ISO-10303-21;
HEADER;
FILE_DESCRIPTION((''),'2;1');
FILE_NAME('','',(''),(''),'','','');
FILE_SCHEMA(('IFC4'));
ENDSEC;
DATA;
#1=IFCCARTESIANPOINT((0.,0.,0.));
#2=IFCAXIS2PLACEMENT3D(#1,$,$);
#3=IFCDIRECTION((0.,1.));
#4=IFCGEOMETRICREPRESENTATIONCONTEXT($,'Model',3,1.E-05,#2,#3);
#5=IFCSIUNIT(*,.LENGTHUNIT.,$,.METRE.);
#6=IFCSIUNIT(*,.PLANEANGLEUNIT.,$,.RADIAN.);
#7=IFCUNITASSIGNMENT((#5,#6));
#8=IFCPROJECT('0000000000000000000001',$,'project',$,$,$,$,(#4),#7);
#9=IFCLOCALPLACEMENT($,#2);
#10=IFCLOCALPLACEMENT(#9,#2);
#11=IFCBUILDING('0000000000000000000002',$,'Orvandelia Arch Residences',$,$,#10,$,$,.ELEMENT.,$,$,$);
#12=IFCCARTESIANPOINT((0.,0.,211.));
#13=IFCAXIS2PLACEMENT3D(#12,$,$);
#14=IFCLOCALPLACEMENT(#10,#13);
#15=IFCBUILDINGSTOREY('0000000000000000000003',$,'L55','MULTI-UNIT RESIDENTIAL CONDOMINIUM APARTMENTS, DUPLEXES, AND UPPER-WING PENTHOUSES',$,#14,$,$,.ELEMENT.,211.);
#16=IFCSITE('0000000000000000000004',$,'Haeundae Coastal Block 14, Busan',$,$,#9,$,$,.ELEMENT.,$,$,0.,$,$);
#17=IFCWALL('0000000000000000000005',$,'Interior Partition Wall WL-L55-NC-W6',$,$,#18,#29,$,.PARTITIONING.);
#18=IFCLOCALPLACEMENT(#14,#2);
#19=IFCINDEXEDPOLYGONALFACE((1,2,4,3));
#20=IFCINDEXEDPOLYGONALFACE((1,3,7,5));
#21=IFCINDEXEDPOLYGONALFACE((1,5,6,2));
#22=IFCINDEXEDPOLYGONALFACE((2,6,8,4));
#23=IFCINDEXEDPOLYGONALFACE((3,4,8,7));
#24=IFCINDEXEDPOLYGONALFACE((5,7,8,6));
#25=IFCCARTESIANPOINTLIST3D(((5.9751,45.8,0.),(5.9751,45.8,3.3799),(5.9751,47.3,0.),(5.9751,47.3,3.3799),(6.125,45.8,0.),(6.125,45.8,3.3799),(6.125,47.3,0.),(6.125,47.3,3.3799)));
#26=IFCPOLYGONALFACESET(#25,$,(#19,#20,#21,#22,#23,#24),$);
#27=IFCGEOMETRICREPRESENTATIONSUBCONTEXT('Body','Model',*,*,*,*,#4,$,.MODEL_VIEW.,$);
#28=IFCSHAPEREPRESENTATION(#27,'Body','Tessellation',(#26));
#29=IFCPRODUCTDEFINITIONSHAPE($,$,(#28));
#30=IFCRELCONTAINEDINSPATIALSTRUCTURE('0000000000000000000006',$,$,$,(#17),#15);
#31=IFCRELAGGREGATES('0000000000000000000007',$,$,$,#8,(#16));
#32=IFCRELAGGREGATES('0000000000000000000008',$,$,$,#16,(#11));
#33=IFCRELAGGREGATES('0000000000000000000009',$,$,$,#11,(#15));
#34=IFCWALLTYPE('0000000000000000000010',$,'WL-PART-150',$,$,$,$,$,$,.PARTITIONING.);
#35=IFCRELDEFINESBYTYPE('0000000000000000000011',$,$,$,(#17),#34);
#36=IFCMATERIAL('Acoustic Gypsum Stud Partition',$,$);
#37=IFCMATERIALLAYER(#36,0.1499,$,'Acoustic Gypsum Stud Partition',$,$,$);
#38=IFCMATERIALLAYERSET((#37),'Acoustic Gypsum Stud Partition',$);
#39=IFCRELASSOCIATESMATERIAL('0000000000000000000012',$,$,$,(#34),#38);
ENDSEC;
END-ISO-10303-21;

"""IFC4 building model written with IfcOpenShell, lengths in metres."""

from ifc_helpers import new_model, si_unit, direction, frame, frame_2d, origin, place, context, subcontext, project, spatial, rectangle, extrude, material, layer, layer_set, type_object, element, save


model = new_model("IFC4")

# Units and contexts
model_context = context("Model", 3, precision=1e-05, world=origin(), true_north=direction((0.0, 1.0)))
body_context = subcontext(model_context, "Body", "Model", "MODEL_VIEW")
ifc_project = project(units=[si_unit("LENGTHUNIT", "METRE"), si_unit("PLANEANGLEUNIT", "RADIAN")], contexts=[model_context])

# Site, building, storey
site_placement = place(None, origin())
site = spatial("IfcSite", under=ifc_project, at=site_placement, Name="Haeundae Coastal Block 14, Busan", CompositionType="ELEMENT", RefElevation=0.0)
building_placement = place(site_placement, origin())
building = spatial("IfcBuilding", under=site, at=building_placement, Name="Orvandelia Arch Residences", CompositionType="ELEMENT")
storey_placement = place(building_placement, frame((0.0, 0.0, 211.0)))
storey = spatial("IfcBuildingStorey", under=building, at=storey_placement, Name="L55", Description="MULTI-UNIT RESIDENTIAL CONDOMINIUM APARTMENTS, DUPLEXES, AND UPPER-WING PENTHOUSES", CompositionType="ELEMENT", Elevation=211.0)

# Wall
ifc_material_1 = material(Name="Acoustic Gypsum Stud Partition")
ifc_layer_1 = layer(ifc_material_1, 0.1499, Name="Acoustic Gypsum Stud Partition")
ifc_layer_set_1 = layer_set([ifc_layer_1], Name="Acoustic Gypsum Stud Partition")
wall_type_1 = type_object("IfcWallType", Name="WL-PART-150", PredefinedType="PARTITIONING", material=ifc_layer_set_1)
wall_1_placement = place(storey_placement, frame((6.05, 45.8, 0.0), z_axis=(0.0, 0.0, 1.0), x_axis=(0.0, 1.0, 0.0)))
element("IfcWall", 1, at=wall_1_placement, inside=storey, type_object=wall_type_1, Name="Interior Partition Wall WL-L55-NC-W6", PredefinedType="PARTITIONING", context=body_context, shape_type="SweptSolid", body=[
    extrude(rectangle(XDim=1.5, YDim=0.1499, at=frame_2d((0.75, 0.0))), origin(), (0.0, 0.0, 1.0), 3.3799),
])

save(model, "model.ifc")
